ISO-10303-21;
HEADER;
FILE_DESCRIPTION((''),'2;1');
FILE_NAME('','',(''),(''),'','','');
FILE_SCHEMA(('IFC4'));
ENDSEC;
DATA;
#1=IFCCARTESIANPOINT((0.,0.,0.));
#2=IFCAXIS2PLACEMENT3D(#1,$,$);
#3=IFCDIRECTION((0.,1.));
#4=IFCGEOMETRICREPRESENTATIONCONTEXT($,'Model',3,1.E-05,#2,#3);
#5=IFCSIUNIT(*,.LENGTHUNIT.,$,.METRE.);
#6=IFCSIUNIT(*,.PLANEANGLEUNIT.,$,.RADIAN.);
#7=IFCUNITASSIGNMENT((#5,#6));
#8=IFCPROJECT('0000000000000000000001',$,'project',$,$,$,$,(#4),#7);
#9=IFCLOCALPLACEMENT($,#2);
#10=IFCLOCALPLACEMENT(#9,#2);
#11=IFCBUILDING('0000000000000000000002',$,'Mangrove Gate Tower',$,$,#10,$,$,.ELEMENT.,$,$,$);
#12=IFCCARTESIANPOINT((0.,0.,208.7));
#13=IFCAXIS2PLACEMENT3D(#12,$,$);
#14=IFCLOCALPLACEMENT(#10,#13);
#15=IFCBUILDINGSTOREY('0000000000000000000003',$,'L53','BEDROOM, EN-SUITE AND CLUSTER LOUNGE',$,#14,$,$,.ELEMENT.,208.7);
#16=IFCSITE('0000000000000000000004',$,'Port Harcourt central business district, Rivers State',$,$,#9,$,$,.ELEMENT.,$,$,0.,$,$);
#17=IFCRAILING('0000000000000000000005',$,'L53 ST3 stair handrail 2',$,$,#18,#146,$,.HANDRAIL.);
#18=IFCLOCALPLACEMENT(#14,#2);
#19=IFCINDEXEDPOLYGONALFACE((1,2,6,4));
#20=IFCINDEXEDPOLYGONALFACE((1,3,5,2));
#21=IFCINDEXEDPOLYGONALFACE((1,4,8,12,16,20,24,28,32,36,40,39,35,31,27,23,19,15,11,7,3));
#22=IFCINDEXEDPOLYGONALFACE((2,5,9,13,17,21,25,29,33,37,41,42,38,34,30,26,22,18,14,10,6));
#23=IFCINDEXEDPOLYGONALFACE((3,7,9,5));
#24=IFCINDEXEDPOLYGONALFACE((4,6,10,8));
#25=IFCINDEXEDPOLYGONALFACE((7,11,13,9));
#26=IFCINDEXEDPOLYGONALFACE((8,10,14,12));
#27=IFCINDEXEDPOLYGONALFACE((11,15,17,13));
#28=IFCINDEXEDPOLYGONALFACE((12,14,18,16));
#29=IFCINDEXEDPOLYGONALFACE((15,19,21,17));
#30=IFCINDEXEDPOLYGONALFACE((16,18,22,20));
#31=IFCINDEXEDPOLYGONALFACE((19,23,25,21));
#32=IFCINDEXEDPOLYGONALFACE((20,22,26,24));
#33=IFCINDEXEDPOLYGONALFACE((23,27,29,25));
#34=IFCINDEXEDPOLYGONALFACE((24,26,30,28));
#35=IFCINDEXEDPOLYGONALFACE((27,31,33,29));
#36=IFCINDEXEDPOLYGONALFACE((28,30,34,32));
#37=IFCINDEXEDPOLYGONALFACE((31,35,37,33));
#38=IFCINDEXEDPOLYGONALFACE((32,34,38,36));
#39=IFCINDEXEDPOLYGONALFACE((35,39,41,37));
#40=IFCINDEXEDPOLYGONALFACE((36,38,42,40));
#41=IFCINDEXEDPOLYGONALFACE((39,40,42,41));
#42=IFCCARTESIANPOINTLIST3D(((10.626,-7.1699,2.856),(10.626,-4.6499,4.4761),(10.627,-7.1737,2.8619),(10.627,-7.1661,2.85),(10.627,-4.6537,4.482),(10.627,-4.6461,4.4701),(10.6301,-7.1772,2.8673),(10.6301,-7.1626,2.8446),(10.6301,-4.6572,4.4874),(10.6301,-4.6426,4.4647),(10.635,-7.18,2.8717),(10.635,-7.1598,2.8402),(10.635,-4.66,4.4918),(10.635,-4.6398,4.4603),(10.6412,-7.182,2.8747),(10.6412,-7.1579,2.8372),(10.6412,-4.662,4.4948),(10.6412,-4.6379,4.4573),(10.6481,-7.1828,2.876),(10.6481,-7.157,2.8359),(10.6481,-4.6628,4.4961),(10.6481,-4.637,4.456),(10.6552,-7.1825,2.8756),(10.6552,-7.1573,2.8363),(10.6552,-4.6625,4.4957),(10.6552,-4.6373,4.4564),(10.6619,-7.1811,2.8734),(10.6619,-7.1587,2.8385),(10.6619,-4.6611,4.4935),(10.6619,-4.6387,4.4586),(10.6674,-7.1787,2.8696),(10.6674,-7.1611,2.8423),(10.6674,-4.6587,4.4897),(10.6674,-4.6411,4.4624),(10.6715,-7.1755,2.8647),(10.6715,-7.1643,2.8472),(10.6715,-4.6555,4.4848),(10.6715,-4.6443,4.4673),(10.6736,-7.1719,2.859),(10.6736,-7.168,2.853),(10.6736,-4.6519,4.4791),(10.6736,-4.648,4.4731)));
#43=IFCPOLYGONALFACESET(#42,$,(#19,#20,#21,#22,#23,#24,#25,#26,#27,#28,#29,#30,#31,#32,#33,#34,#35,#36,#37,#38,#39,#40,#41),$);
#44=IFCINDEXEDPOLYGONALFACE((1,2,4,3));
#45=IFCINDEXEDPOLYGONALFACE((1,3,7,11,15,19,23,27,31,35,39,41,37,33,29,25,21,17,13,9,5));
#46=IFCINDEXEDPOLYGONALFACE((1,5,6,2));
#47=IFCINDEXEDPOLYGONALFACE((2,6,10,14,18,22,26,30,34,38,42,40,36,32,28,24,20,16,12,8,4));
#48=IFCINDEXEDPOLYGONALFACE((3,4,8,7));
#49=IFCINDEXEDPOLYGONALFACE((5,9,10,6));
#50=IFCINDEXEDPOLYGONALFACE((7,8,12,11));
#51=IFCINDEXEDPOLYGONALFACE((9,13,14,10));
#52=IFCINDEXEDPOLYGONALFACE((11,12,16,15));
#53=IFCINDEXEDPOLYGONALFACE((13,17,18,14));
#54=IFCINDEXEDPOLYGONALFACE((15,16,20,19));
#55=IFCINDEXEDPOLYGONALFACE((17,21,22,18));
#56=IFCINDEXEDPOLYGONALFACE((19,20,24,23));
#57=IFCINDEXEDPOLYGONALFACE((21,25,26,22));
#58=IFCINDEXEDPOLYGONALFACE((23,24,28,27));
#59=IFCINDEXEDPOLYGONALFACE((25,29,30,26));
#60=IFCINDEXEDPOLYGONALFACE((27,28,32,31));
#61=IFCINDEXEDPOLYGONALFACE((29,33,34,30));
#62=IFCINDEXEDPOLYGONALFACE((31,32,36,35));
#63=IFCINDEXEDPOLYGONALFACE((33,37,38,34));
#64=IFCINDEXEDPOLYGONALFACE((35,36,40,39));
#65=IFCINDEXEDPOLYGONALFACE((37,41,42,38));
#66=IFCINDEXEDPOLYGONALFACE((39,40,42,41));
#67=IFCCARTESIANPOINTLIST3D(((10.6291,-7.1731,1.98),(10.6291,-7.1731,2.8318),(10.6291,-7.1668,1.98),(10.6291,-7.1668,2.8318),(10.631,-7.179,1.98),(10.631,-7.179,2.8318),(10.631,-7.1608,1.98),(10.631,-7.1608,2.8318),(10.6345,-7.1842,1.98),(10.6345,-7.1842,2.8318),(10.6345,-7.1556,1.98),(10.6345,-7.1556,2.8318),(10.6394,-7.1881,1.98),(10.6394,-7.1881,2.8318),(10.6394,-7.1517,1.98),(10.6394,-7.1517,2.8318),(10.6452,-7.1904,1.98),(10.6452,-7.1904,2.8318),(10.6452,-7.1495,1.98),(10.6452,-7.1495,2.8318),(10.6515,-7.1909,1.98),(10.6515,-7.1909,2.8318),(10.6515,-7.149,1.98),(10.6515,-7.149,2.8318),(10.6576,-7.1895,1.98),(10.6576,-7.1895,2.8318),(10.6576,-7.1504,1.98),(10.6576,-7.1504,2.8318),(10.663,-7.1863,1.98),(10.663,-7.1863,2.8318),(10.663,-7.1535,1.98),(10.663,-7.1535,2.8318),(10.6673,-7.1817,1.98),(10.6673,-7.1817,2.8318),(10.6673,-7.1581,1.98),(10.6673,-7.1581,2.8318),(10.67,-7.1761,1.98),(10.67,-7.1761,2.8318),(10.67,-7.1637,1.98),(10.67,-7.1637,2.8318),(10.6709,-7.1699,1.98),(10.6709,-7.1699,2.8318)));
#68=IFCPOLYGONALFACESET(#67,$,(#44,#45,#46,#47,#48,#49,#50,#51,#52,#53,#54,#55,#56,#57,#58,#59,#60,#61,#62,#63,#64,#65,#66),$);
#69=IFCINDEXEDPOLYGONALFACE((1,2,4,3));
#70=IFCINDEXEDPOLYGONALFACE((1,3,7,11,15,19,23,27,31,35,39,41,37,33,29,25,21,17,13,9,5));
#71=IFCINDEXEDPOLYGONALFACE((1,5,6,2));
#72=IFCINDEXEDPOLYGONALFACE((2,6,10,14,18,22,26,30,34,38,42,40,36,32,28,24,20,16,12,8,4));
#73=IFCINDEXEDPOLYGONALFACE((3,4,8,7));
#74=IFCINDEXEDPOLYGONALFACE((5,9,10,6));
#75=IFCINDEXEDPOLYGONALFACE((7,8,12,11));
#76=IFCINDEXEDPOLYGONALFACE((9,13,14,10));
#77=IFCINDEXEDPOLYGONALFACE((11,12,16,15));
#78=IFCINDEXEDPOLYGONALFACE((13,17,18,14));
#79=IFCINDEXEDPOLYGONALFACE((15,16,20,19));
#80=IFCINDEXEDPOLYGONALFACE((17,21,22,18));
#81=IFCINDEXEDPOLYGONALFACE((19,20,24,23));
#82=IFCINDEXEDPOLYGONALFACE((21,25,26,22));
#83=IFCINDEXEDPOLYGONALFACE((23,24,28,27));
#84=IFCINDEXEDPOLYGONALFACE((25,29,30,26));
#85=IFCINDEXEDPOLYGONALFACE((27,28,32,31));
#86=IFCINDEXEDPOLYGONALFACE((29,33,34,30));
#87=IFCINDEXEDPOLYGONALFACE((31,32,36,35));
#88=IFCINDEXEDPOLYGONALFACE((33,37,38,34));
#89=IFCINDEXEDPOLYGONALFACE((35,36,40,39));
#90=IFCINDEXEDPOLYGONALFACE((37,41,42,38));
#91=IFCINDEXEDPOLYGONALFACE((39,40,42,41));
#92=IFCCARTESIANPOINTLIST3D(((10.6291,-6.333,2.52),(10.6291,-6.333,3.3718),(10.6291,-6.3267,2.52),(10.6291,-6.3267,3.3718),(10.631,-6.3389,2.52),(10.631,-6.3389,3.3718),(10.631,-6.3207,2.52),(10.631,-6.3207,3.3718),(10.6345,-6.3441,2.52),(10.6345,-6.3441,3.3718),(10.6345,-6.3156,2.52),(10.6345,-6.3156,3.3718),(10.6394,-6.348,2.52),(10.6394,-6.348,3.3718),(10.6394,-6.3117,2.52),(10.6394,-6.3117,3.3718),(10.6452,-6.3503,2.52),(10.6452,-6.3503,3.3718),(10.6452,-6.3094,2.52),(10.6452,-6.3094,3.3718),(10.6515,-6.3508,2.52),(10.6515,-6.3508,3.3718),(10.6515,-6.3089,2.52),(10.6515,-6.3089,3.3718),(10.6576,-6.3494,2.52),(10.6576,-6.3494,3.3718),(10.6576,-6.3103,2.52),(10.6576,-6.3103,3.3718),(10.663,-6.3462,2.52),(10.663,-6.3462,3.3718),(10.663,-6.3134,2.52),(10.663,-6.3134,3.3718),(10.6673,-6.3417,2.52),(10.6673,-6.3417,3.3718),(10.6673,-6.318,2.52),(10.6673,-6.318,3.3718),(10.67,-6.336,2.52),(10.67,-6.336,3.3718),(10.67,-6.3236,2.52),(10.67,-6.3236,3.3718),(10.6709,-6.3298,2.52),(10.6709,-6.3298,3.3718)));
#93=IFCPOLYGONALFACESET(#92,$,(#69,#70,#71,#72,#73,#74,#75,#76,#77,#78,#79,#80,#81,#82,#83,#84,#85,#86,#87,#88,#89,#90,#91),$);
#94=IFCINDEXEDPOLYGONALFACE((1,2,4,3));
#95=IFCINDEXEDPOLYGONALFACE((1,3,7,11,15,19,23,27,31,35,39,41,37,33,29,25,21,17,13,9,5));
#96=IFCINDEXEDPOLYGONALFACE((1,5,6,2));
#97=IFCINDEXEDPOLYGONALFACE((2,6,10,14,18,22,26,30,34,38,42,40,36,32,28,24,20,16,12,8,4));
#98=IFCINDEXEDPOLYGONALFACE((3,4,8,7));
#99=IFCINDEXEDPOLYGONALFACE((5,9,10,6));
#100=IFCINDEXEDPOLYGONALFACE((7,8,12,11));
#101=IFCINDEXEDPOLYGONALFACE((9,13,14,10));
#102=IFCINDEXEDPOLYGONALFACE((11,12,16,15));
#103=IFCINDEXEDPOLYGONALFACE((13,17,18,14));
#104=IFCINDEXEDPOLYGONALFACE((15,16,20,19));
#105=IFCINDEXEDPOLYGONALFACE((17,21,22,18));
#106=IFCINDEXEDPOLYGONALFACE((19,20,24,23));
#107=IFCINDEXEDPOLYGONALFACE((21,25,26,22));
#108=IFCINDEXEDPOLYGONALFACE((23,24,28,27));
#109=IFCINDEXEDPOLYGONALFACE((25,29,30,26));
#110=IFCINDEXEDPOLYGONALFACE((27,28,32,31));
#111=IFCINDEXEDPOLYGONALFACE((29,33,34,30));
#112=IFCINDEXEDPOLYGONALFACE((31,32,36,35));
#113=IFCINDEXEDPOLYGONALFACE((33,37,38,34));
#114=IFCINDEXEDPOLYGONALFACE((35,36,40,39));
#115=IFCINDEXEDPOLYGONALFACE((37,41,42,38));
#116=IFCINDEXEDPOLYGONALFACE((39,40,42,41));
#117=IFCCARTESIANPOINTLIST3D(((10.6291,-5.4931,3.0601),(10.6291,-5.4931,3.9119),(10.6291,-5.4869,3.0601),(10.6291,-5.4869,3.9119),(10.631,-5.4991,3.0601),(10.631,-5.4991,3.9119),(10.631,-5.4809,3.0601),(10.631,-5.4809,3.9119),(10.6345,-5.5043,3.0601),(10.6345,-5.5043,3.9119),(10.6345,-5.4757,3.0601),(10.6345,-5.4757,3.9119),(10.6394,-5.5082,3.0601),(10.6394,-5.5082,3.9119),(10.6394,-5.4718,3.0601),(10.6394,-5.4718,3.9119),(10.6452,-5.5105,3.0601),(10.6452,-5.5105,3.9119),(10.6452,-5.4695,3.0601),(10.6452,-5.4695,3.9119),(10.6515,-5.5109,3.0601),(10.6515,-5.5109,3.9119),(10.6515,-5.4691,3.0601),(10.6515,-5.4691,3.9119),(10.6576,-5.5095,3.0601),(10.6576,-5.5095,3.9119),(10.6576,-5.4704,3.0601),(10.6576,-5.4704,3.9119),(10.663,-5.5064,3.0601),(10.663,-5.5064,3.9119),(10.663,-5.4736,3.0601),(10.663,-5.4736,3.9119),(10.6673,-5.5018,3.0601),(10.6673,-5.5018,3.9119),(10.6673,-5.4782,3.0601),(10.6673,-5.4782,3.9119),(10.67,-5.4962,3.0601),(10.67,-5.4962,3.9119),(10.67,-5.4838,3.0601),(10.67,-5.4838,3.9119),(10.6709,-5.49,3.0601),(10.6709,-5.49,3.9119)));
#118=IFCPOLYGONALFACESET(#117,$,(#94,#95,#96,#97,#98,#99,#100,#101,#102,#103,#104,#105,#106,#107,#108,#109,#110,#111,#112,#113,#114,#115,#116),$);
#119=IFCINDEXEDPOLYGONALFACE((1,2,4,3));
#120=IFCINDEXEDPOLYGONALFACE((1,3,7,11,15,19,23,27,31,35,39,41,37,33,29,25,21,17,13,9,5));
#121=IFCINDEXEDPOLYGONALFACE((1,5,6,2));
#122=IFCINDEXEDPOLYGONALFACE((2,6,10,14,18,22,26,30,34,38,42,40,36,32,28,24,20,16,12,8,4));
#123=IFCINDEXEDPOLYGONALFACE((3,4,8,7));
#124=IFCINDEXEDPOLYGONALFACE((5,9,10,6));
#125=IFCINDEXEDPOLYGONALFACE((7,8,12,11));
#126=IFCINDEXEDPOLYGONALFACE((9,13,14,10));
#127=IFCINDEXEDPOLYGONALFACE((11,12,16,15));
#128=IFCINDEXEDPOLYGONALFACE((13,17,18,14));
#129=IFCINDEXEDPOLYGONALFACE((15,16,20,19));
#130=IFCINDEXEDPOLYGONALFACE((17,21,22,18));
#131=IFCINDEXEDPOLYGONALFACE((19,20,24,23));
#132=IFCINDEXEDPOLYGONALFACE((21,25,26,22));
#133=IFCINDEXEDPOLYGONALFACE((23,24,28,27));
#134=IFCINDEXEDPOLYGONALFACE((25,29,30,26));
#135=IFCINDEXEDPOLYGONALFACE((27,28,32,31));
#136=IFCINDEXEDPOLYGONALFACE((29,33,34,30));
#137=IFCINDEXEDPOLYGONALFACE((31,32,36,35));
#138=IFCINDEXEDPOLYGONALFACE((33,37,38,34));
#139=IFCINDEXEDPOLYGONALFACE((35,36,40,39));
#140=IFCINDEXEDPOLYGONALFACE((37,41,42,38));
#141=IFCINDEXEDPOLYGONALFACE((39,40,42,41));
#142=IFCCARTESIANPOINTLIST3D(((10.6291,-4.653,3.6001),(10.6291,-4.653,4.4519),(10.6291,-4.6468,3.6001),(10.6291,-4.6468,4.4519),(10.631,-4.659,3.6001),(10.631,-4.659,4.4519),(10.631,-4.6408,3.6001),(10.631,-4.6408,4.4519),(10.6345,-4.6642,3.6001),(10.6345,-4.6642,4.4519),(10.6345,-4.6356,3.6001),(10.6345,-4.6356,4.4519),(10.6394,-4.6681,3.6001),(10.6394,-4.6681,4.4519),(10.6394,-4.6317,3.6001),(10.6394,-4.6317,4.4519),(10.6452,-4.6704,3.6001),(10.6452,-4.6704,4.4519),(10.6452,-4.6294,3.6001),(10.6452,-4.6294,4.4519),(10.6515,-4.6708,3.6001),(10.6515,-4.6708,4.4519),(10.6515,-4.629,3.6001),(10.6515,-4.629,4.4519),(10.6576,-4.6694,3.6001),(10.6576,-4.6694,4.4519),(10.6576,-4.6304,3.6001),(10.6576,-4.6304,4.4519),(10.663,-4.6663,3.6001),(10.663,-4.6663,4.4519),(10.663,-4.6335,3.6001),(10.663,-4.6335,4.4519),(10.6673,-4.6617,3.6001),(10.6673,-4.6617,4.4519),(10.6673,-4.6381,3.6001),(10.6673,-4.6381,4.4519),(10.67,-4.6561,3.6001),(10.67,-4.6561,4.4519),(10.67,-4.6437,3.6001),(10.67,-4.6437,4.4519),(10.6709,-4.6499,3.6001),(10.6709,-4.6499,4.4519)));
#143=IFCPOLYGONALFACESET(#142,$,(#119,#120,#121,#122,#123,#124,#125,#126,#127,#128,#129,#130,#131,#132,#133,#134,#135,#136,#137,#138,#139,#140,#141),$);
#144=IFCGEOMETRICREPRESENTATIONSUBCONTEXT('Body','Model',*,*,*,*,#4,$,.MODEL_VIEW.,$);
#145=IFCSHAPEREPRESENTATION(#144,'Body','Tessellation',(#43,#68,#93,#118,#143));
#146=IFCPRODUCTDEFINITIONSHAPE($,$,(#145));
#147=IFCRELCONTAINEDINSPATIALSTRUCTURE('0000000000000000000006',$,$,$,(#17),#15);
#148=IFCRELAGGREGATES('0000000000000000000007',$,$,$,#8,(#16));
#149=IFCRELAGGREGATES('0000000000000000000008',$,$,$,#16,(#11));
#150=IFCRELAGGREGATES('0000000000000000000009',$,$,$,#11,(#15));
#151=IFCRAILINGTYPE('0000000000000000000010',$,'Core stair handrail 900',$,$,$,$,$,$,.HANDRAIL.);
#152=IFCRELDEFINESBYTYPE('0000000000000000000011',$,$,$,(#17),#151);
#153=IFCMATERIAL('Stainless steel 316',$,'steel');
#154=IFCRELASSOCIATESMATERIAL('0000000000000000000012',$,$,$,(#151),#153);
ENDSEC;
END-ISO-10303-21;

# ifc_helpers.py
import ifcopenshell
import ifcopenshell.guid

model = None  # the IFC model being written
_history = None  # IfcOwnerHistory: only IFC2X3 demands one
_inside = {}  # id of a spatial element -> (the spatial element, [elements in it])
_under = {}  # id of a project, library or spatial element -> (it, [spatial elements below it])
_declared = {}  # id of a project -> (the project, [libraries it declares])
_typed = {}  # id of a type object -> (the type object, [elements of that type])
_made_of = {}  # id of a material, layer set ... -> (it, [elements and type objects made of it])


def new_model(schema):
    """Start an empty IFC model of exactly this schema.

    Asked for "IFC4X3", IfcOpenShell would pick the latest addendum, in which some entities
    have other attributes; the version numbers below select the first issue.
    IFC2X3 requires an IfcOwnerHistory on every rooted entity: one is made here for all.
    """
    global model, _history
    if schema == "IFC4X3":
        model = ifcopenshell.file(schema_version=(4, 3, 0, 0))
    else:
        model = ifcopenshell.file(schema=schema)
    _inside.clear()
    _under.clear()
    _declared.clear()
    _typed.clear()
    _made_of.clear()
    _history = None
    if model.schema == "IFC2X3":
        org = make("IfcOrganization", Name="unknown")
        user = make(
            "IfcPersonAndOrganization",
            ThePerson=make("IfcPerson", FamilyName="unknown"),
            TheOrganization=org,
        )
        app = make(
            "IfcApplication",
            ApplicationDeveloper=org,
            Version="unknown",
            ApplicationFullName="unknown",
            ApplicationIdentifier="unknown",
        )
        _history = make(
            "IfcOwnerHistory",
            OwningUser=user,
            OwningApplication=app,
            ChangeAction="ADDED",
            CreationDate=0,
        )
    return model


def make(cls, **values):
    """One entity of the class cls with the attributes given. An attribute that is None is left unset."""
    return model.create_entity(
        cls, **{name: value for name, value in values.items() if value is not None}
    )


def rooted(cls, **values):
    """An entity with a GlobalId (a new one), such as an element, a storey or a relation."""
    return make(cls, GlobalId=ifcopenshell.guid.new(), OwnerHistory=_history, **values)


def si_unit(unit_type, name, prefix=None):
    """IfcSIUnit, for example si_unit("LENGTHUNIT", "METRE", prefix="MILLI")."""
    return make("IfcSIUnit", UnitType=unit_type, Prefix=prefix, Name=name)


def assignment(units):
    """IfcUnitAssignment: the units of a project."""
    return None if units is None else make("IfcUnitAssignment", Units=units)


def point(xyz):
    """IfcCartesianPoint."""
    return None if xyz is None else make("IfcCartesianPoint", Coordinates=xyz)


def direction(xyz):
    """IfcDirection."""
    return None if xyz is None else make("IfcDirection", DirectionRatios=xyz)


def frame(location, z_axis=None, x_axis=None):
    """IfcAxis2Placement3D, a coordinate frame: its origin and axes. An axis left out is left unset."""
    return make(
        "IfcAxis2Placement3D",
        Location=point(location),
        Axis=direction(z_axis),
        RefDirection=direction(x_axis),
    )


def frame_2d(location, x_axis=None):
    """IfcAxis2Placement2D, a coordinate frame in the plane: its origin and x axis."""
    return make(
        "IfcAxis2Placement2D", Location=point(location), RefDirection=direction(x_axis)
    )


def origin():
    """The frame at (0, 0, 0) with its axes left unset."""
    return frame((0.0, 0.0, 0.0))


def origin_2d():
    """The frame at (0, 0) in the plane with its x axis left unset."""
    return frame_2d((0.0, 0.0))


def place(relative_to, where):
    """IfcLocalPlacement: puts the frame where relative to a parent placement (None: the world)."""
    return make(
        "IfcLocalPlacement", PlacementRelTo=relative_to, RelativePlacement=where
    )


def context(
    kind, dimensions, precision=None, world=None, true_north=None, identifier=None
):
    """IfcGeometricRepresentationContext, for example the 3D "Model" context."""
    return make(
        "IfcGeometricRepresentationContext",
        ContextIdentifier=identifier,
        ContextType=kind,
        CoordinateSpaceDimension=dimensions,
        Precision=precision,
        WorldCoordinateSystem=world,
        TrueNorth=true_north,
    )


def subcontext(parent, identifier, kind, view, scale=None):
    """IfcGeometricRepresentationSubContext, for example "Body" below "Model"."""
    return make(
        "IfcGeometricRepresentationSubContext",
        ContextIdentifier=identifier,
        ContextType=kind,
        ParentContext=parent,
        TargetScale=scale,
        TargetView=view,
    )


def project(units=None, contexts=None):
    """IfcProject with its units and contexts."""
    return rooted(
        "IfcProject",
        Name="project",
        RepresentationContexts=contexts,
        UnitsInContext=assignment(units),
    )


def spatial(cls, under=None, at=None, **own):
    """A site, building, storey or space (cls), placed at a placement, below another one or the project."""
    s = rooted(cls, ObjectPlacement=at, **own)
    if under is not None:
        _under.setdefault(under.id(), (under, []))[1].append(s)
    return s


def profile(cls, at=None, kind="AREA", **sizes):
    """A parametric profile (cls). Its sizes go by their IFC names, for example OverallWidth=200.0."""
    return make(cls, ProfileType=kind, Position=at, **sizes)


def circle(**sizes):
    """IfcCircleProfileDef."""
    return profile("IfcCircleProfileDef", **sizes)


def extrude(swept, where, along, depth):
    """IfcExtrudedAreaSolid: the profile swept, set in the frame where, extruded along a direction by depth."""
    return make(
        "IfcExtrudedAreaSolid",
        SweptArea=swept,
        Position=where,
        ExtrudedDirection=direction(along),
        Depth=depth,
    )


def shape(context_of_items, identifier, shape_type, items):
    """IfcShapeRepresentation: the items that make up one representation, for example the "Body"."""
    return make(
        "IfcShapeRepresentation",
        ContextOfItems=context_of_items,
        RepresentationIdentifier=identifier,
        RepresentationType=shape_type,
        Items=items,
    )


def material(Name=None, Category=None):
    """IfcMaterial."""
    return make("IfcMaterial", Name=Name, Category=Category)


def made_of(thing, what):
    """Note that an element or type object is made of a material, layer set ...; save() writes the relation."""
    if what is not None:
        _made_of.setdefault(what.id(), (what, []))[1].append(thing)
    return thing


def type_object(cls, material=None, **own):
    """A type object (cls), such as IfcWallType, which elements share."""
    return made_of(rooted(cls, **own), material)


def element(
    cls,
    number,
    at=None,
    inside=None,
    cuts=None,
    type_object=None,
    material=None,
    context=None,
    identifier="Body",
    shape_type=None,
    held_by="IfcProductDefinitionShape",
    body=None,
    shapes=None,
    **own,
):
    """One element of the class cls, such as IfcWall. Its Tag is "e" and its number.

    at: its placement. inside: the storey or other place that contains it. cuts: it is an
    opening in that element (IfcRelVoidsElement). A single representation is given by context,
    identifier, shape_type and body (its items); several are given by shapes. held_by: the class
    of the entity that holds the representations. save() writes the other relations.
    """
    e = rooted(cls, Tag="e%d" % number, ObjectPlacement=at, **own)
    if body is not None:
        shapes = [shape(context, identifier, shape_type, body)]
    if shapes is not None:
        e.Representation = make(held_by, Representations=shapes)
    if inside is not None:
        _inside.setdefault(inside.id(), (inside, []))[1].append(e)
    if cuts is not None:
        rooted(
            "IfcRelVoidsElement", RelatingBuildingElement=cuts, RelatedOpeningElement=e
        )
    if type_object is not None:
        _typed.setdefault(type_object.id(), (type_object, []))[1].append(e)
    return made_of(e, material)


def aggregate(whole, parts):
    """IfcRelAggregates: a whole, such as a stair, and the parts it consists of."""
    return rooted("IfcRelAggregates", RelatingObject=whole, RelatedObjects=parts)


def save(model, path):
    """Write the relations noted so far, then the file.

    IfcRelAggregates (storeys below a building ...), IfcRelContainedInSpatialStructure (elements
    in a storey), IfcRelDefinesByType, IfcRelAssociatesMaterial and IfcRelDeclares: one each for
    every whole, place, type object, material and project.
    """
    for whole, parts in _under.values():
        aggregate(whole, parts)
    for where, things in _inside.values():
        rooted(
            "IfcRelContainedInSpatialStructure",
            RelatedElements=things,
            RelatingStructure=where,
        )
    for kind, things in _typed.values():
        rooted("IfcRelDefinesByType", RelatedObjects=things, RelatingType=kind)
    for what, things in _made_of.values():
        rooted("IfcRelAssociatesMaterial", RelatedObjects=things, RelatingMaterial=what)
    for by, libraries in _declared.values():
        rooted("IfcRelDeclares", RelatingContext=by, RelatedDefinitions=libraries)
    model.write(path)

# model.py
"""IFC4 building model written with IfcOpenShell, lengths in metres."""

from ifc_helpers import new_model, si_unit, direction, frame, origin, origin_2d, place, context, subcontext, project, spatial, circle, extrude, material, type_object, element, save


model = new_model("IFC4")

# Units and contexts
model_context = context("Model", 3, precision=1e-05, world=origin(), true_north=direction((0.0, 1.0)))
body_context = subcontext(model_context, "Body", "Model", "MODEL_VIEW")
ifc_project = project(units=[si_unit("LENGTHUNIT", "METRE"), si_unit("PLANEANGLEUNIT", "RADIAN")], contexts=[model_context])

# Site, building, storey
site_placement = place(None, origin())
site = spatial("IfcSite", under=ifc_project, at=site_placement, Name="Port Harcourt central business district, Rivers State", CompositionType="ELEMENT", RefElevation=0.0)
building_placement = place(site_placement, origin())
building = spatial("IfcBuilding", under=site, at=building_placement, Name="Mangrove Gate Tower", CompositionType="ELEMENT")
storey_placement = place(building_placement, frame((0.0, 0.0, 208.7)))
storey = spatial("IfcBuildingStorey", under=building, at=storey_placement, Name="L53", Description="BEDROOM, EN-SUITE AND CLUSTER LOUNGE", CompositionType="ELEMENT", Elevation=208.7)

# Railing
ifc_material_1 = material(Name="Stainless steel 316", Category="steel")
railing_type_1 = type_object("IfcRailingType", Name="Core stair handrail 900", PredefinedType="HANDRAIL", material=ifc_material_1)
railing_1_placement = place(storey_placement, frame((10.6499, -7.1699, 1.98)))
element("IfcRailing", 1, at=railing_1_placement, inside=storey, type_object=railing_type_1, Name="L53 ST3 stair handrail 2", PredefinedType="HANDRAIL", context=body_context, shape_type="SweptSolid", body=[
    extrude(circle(Radius=0.0239, at=origin_2d()), frame((0.0, 0.0, 0.876), z_axis=(0.0, 0.841163, 0.540782), x_axis=(-1.0, 0.0, 0.0)), (0.0, 0.0, 1.0), 2.9958),
    extrude(circle(Radius=0.021, at=origin_2d()), origin(), (0.0, 0.0, 1.0), 0.8518),
    extrude(circle(Radius=0.021, at=origin_2d()), frame((0.0, 0.8401, 0.54)), (0.0, 0.0, 1.0), 0.8518),
    extrude(circle(Radius=0.021, at=origin_2d()), frame((0.0, 1.6799, 1.0801)), (0.0, 0.0, 1.0), 0.8518),
    extrude(circle(Radius=0.021, at=origin_2d()), frame((0.0, 2.52, 1.6201)), (0.0, 0.0, 1.0), 0.8518),
])

save(model, "model.ifc")
